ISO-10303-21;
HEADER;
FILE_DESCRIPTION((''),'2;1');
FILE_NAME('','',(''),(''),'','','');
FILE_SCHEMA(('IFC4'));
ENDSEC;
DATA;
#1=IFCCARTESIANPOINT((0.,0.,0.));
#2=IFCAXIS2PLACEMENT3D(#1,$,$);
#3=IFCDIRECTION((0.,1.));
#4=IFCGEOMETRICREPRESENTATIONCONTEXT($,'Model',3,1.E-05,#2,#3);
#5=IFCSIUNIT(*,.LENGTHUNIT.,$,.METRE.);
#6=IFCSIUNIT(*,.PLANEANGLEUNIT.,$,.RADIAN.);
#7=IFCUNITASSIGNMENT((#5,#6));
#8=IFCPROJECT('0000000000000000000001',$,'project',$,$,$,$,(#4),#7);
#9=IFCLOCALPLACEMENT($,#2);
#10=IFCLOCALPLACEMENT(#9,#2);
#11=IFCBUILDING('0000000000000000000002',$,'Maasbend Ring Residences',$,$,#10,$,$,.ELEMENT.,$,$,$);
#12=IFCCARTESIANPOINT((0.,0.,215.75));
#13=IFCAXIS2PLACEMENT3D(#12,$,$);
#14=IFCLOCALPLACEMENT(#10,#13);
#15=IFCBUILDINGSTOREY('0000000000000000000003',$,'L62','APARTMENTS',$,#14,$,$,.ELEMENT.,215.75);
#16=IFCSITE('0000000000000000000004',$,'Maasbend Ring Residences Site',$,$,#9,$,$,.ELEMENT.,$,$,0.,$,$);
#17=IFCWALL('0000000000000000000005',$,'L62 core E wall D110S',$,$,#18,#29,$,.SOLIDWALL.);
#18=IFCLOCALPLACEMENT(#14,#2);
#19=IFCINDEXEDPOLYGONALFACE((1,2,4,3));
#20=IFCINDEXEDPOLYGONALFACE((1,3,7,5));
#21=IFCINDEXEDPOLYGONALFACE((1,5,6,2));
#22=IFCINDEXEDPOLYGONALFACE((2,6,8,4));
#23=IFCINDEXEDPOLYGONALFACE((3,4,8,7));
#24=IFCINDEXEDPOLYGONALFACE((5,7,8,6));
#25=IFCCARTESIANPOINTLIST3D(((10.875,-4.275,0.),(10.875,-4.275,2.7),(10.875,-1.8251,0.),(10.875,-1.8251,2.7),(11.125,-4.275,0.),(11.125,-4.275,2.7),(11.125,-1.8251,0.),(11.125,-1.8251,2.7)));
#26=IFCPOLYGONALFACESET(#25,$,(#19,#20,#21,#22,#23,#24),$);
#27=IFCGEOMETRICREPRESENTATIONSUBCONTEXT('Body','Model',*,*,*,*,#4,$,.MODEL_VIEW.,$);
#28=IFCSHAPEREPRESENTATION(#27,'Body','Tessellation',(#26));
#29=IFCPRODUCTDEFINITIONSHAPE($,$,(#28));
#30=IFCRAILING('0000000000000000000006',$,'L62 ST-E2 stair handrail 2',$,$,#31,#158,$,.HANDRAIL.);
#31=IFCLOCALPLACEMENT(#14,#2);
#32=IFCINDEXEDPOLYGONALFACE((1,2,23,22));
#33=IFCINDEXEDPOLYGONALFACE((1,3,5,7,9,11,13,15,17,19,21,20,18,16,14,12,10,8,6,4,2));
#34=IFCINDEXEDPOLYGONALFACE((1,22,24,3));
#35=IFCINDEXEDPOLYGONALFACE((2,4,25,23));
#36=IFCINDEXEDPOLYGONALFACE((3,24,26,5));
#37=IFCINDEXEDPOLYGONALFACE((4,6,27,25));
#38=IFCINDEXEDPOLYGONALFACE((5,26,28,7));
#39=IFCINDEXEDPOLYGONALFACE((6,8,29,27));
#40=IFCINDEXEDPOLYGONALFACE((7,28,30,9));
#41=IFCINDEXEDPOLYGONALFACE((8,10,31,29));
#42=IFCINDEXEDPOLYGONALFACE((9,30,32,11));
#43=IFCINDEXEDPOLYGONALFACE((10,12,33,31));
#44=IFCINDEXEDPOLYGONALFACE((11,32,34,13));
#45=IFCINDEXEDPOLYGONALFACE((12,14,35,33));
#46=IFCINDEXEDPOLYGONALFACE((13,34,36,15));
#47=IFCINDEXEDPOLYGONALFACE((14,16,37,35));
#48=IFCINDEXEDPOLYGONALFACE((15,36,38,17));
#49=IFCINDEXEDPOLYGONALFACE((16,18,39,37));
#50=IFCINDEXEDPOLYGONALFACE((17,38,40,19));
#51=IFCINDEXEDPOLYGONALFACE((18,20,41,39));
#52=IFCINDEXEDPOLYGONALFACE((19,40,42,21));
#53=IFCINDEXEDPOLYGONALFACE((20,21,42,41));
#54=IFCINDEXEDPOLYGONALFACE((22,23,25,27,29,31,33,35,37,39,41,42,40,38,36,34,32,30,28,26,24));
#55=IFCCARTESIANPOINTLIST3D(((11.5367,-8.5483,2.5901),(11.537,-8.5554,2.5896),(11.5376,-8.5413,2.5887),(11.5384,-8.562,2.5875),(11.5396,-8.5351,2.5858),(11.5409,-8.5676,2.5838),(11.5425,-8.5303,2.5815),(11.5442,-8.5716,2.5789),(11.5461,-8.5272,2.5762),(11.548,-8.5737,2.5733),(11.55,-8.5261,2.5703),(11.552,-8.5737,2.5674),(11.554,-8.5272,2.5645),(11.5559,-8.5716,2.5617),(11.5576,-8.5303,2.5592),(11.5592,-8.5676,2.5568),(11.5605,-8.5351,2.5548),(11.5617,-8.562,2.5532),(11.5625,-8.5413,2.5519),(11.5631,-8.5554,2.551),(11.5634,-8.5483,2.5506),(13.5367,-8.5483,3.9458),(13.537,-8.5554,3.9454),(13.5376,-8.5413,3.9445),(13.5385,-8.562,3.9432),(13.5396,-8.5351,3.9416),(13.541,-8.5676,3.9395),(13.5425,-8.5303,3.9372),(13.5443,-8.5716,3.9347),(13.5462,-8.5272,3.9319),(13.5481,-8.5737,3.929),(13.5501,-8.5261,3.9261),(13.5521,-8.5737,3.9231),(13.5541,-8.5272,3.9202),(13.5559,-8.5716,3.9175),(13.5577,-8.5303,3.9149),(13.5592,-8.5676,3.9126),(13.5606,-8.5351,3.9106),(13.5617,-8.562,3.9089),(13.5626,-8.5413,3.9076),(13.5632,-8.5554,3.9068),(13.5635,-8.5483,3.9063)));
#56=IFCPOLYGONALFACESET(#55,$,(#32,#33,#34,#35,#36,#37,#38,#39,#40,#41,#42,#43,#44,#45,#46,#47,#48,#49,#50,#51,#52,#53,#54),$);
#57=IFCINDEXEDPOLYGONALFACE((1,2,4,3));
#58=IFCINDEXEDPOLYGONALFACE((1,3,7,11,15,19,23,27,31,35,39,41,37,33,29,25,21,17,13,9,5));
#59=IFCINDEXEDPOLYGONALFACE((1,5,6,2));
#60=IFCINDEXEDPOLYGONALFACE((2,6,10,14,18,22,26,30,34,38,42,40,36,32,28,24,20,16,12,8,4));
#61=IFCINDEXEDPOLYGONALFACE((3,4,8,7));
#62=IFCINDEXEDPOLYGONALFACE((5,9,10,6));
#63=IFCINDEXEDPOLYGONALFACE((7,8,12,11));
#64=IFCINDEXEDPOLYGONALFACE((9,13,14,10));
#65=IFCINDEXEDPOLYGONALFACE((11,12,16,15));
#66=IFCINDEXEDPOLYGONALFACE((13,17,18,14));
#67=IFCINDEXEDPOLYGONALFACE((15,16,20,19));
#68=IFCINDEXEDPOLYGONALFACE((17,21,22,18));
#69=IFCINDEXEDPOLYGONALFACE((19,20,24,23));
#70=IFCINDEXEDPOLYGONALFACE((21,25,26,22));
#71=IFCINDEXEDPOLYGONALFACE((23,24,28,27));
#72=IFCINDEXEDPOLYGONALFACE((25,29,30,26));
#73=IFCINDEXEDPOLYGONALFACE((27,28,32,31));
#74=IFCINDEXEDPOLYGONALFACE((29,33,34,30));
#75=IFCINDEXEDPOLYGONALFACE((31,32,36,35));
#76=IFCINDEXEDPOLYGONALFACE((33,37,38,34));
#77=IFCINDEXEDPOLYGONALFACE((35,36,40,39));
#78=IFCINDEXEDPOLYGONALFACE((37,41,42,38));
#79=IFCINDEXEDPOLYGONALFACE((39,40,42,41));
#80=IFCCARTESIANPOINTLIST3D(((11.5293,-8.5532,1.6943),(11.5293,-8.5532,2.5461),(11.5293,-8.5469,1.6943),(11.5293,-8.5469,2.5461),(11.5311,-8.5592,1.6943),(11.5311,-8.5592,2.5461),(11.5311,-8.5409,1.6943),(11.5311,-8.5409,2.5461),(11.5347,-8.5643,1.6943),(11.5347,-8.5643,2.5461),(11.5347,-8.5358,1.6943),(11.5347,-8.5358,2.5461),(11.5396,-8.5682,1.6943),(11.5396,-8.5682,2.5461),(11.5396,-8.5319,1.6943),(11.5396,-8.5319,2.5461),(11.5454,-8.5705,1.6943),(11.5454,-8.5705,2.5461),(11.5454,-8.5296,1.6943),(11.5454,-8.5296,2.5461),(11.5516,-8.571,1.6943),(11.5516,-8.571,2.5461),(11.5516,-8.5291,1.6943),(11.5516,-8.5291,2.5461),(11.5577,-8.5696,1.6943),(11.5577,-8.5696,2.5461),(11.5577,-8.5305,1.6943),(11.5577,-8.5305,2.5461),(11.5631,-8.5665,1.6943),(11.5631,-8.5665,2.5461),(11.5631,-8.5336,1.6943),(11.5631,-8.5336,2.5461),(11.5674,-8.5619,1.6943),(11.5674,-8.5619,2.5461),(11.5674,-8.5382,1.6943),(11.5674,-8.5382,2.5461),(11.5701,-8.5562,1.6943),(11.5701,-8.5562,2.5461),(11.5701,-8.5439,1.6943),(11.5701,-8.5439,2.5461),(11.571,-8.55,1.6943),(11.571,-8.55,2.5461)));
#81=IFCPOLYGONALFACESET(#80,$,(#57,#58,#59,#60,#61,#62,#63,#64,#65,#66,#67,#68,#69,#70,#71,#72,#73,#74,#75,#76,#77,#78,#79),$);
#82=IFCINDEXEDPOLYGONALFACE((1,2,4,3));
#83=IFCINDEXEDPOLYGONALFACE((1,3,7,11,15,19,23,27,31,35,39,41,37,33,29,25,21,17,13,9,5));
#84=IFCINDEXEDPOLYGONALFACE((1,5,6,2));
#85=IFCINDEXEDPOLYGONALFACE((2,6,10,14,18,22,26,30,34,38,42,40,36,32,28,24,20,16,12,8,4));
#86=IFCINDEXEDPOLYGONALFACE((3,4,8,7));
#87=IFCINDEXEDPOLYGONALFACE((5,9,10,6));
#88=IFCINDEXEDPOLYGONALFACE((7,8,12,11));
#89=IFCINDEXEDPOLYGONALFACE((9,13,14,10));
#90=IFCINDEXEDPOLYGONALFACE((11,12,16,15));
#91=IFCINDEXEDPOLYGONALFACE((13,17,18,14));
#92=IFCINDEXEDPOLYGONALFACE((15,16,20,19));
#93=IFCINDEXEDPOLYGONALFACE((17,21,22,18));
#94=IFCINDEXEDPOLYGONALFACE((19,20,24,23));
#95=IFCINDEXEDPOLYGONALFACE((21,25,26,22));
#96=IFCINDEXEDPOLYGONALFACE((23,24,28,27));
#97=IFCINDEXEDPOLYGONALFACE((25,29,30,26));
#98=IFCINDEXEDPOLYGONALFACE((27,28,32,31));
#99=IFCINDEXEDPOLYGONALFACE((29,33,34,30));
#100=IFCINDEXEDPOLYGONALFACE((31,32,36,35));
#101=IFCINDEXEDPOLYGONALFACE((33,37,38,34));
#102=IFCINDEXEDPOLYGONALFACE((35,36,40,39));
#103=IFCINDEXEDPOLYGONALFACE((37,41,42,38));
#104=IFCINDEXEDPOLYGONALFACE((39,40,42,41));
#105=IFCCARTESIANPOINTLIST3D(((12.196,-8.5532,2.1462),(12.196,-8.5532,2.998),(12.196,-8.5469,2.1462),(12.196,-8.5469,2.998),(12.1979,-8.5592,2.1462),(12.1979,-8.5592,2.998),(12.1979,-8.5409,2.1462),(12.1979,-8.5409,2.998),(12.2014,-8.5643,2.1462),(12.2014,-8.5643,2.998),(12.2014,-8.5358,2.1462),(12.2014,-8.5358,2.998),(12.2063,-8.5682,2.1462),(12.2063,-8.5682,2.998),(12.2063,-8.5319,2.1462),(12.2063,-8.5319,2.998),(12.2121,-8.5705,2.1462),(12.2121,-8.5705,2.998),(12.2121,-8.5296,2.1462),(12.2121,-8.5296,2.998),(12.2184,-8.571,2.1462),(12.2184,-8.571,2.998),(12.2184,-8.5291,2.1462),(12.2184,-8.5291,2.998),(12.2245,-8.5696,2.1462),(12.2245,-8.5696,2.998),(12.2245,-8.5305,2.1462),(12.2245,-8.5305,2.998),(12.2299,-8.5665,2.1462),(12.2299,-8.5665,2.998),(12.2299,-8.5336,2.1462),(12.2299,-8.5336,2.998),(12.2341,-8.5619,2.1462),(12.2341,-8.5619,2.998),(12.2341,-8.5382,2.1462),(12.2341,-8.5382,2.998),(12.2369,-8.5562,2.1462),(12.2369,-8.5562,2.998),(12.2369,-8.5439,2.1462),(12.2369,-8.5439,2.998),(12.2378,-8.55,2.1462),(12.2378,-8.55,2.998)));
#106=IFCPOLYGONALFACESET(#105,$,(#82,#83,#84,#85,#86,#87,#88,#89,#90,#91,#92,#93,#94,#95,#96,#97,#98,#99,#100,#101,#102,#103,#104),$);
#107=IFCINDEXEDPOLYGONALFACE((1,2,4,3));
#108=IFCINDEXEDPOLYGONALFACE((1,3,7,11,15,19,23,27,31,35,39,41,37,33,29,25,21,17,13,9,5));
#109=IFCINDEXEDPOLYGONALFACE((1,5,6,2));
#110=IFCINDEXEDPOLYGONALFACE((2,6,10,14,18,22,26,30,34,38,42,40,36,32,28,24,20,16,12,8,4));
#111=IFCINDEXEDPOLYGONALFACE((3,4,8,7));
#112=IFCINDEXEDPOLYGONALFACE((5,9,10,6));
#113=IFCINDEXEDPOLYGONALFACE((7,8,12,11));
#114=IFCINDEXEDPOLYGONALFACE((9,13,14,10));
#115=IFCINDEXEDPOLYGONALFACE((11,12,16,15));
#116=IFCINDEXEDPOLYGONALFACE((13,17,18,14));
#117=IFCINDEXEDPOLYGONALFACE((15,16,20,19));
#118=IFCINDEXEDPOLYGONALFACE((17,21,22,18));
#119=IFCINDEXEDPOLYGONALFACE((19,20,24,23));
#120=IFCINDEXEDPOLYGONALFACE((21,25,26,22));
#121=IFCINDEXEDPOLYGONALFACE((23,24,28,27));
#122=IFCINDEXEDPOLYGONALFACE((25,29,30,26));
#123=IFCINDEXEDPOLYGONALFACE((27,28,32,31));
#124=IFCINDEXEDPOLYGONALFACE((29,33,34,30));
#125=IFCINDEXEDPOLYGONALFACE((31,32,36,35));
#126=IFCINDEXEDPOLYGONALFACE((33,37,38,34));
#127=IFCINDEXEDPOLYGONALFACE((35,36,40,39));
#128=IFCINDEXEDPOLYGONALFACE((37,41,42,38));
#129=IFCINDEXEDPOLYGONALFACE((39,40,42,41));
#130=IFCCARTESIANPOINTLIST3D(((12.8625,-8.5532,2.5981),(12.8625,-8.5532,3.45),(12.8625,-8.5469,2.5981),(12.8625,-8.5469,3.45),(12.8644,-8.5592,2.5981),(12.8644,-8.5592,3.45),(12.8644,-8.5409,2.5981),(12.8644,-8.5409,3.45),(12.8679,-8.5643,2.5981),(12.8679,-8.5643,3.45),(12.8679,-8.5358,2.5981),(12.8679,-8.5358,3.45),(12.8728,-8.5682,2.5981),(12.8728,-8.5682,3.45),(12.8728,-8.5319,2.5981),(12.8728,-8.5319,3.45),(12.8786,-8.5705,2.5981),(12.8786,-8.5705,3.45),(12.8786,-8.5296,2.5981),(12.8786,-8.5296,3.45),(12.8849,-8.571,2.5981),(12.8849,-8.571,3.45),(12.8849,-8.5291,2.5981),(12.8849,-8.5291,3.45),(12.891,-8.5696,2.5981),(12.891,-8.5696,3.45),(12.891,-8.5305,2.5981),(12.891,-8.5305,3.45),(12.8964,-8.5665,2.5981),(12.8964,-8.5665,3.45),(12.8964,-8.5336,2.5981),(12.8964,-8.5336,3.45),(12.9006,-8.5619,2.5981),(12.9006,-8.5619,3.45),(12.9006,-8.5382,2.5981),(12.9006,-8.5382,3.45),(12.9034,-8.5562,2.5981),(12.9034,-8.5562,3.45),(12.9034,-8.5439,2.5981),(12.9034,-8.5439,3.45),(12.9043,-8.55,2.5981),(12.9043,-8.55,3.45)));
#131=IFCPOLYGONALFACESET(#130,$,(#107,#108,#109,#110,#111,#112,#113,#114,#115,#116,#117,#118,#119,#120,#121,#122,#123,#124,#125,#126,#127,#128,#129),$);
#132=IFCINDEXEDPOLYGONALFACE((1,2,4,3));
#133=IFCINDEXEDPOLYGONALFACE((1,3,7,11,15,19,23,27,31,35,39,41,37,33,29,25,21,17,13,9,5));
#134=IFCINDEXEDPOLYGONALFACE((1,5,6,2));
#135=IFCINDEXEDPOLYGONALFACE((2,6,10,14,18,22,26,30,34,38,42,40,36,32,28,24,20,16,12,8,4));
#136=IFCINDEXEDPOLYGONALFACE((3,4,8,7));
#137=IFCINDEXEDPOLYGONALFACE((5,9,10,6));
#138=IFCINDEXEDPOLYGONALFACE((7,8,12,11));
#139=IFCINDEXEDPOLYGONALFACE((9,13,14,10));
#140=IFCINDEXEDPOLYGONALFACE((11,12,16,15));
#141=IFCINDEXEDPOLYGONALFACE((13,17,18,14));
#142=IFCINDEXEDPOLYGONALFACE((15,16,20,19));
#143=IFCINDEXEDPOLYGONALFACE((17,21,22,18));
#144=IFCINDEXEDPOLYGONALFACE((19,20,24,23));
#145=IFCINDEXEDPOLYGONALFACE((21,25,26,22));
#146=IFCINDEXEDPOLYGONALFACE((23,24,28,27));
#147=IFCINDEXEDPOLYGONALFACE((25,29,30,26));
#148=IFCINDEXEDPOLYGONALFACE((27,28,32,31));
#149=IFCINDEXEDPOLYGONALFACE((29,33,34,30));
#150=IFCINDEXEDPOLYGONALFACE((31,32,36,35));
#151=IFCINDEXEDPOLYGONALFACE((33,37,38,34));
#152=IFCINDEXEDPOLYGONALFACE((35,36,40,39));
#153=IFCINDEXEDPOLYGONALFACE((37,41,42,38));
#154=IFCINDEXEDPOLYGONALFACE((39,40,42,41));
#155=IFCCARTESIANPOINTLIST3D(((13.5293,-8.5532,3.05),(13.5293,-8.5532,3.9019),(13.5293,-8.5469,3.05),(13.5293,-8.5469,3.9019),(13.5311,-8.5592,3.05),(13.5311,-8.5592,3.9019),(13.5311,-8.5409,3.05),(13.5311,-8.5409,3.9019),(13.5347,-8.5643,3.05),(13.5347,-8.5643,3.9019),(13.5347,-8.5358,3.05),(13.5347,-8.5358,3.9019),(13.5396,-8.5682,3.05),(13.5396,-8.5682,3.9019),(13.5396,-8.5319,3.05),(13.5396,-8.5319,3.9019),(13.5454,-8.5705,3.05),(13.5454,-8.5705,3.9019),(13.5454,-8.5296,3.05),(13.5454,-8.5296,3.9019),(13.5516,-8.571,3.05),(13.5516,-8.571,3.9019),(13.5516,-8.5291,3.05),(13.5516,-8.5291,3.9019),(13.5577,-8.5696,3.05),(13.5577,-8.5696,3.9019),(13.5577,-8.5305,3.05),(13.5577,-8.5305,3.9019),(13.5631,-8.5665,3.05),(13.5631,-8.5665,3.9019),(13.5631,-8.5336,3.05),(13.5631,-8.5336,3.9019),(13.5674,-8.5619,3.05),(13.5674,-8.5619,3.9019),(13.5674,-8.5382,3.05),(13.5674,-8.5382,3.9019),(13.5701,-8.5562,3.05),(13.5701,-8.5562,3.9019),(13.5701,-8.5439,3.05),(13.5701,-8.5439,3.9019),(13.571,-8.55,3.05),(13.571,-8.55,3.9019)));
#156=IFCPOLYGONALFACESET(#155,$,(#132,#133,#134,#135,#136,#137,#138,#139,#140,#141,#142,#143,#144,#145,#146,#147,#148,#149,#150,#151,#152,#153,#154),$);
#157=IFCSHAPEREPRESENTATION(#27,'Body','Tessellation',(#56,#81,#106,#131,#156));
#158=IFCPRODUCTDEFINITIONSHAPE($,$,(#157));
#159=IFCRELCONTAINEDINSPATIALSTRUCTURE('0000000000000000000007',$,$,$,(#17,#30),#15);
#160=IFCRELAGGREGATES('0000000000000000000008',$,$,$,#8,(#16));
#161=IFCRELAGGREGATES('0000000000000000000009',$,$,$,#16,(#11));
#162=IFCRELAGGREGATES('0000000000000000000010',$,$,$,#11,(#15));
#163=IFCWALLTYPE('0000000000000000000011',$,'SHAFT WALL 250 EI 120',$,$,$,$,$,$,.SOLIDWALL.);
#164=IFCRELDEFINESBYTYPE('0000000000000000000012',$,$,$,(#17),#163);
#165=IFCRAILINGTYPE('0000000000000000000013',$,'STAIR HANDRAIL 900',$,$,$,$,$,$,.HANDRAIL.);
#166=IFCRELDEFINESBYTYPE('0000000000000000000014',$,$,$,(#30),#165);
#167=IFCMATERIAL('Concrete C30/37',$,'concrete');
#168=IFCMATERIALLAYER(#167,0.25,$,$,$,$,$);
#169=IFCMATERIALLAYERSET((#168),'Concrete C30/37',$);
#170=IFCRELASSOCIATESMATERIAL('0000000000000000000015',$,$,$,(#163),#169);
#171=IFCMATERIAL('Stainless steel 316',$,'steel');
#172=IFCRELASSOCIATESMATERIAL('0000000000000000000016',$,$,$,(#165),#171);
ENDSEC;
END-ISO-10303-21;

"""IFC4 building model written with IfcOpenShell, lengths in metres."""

from ifc_helpers import new_model, si_unit, direction, frame, frame_2d, origin, origin_2d, place, context, subcontext, project, spatial, rectangle, circle, extrude, material, layer, layer_set, type_object, element, save


model = new_model("IFC4")

# Units and contexts
model_context = context("Model", 3, precision=1e-05, world=origin(), true_north=direction((0.0, 1.0)))
body_context = subcontext(model_context, "Body", "Model", "MODEL_VIEW")
ifc_project = project(units=[si_unit("LENGTHUNIT", "METRE"), si_unit("PLANEANGLEUNIT", "RADIAN")], contexts=[model_context])

# Site, building, storey
site_placement = place(None, origin())
site = spatial("IfcSite", under=ifc_project, at=site_placement, Name="Maasbend Ring Residences Site", CompositionType="ELEMENT", RefElevation=0.0)
building_placement = place(site_placement, origin())
building = spatial("IfcBuilding", under=site, at=building_placement, Name="Maasbend Ring Residences", CompositionType="ELEMENT")
storey_placement = place(building_placement, frame((0.0, 0.0, 215.75)))
storey = spatial("IfcBuildingStorey", under=building, at=storey_placement, Name="L62", Description="APARTMENTS", CompositionType="ELEMENT", Elevation=215.75)

# Wall
ifc_material_1 = material(Name="Concrete C30/37", Category="concrete")
ifc_layer_1 = layer(ifc_material_1, 0.25)
ifc_layer_set_1 = layer_set([ifc_layer_1], Name="Concrete C30/37")
wall_type_1 = type_object("IfcWallType", Name="SHAFT WALL 250 EI 120", PredefinedType="SOLIDWALL", material=ifc_layer_set_1)
wall_1_placement = place(storey_placement, frame((11.0, -1.825, 0.0), z_axis=(0.0, 0.0, 1.0), x_axis=(0.0, -1.0, 0.0)))
element("IfcWall", 1, at=wall_1_placement, inside=storey, type_object=wall_type_1, Name="L62 core E wall D110S", PredefinedType="SOLIDWALL", context=body_context, shape_type="SweptSolid", body=[
    extrude(rectangle(XDim=2.45, YDim=0.25, at=frame_2d((1.2251, 0.0))), origin(), (0.0, 0.0, 1.0), 2.7),
])

# Railing
ifc_material_2 = material(Name="Stainless steel 316", Category="steel")
railing_type = type_object("IfcRailingType", Name="STAIR HANDRAIL 900", PredefinedType="HANDRAIL", material=ifc_material_2)
railing_placement = place(storey_placement, frame((11.55, -8.55, 1.6943)))
element("IfcRailing", 2, at=railing_placement, inside=storey, type_object=railing_type, Name="L62 ST-E2 stair handrail 2", PredefinedType="HANDRAIL", context=body_context, shape_type="SweptSolid", body=[
    extrude(circle(Radius=0.0239, at=origin_2d()), frame((0.0, 0.0, 0.876), z_axis=(0.827751, 0.0, 0.561096), x_axis=(0.0, 1.0, 0.0)), (0.0, 0.0, 1.0), 2.4163),
    extrude(circle(Radius=0.021, at=origin_2d()), origin(), (0.0, 0.0, 1.0), 0.8518),
    extrude(circle(Radius=0.021, at=origin_2d()), frame((0.6667, 0.0, 0.4519)), (0.0, 0.0, 1.0), 0.8518),
    extrude(circle(Radius=0.021, at=origin_2d()), frame((1.3333, 0.0, 0.9038)), (0.0, 0.0, 1.0), 0.8518),
    extrude(circle(Radius=0.021, at=origin_2d()), frame((2.0, 0.0, 1.3557)), (0.0, 0.0, 1.0), 0.8518),
])

save(model, "model.ifc")
